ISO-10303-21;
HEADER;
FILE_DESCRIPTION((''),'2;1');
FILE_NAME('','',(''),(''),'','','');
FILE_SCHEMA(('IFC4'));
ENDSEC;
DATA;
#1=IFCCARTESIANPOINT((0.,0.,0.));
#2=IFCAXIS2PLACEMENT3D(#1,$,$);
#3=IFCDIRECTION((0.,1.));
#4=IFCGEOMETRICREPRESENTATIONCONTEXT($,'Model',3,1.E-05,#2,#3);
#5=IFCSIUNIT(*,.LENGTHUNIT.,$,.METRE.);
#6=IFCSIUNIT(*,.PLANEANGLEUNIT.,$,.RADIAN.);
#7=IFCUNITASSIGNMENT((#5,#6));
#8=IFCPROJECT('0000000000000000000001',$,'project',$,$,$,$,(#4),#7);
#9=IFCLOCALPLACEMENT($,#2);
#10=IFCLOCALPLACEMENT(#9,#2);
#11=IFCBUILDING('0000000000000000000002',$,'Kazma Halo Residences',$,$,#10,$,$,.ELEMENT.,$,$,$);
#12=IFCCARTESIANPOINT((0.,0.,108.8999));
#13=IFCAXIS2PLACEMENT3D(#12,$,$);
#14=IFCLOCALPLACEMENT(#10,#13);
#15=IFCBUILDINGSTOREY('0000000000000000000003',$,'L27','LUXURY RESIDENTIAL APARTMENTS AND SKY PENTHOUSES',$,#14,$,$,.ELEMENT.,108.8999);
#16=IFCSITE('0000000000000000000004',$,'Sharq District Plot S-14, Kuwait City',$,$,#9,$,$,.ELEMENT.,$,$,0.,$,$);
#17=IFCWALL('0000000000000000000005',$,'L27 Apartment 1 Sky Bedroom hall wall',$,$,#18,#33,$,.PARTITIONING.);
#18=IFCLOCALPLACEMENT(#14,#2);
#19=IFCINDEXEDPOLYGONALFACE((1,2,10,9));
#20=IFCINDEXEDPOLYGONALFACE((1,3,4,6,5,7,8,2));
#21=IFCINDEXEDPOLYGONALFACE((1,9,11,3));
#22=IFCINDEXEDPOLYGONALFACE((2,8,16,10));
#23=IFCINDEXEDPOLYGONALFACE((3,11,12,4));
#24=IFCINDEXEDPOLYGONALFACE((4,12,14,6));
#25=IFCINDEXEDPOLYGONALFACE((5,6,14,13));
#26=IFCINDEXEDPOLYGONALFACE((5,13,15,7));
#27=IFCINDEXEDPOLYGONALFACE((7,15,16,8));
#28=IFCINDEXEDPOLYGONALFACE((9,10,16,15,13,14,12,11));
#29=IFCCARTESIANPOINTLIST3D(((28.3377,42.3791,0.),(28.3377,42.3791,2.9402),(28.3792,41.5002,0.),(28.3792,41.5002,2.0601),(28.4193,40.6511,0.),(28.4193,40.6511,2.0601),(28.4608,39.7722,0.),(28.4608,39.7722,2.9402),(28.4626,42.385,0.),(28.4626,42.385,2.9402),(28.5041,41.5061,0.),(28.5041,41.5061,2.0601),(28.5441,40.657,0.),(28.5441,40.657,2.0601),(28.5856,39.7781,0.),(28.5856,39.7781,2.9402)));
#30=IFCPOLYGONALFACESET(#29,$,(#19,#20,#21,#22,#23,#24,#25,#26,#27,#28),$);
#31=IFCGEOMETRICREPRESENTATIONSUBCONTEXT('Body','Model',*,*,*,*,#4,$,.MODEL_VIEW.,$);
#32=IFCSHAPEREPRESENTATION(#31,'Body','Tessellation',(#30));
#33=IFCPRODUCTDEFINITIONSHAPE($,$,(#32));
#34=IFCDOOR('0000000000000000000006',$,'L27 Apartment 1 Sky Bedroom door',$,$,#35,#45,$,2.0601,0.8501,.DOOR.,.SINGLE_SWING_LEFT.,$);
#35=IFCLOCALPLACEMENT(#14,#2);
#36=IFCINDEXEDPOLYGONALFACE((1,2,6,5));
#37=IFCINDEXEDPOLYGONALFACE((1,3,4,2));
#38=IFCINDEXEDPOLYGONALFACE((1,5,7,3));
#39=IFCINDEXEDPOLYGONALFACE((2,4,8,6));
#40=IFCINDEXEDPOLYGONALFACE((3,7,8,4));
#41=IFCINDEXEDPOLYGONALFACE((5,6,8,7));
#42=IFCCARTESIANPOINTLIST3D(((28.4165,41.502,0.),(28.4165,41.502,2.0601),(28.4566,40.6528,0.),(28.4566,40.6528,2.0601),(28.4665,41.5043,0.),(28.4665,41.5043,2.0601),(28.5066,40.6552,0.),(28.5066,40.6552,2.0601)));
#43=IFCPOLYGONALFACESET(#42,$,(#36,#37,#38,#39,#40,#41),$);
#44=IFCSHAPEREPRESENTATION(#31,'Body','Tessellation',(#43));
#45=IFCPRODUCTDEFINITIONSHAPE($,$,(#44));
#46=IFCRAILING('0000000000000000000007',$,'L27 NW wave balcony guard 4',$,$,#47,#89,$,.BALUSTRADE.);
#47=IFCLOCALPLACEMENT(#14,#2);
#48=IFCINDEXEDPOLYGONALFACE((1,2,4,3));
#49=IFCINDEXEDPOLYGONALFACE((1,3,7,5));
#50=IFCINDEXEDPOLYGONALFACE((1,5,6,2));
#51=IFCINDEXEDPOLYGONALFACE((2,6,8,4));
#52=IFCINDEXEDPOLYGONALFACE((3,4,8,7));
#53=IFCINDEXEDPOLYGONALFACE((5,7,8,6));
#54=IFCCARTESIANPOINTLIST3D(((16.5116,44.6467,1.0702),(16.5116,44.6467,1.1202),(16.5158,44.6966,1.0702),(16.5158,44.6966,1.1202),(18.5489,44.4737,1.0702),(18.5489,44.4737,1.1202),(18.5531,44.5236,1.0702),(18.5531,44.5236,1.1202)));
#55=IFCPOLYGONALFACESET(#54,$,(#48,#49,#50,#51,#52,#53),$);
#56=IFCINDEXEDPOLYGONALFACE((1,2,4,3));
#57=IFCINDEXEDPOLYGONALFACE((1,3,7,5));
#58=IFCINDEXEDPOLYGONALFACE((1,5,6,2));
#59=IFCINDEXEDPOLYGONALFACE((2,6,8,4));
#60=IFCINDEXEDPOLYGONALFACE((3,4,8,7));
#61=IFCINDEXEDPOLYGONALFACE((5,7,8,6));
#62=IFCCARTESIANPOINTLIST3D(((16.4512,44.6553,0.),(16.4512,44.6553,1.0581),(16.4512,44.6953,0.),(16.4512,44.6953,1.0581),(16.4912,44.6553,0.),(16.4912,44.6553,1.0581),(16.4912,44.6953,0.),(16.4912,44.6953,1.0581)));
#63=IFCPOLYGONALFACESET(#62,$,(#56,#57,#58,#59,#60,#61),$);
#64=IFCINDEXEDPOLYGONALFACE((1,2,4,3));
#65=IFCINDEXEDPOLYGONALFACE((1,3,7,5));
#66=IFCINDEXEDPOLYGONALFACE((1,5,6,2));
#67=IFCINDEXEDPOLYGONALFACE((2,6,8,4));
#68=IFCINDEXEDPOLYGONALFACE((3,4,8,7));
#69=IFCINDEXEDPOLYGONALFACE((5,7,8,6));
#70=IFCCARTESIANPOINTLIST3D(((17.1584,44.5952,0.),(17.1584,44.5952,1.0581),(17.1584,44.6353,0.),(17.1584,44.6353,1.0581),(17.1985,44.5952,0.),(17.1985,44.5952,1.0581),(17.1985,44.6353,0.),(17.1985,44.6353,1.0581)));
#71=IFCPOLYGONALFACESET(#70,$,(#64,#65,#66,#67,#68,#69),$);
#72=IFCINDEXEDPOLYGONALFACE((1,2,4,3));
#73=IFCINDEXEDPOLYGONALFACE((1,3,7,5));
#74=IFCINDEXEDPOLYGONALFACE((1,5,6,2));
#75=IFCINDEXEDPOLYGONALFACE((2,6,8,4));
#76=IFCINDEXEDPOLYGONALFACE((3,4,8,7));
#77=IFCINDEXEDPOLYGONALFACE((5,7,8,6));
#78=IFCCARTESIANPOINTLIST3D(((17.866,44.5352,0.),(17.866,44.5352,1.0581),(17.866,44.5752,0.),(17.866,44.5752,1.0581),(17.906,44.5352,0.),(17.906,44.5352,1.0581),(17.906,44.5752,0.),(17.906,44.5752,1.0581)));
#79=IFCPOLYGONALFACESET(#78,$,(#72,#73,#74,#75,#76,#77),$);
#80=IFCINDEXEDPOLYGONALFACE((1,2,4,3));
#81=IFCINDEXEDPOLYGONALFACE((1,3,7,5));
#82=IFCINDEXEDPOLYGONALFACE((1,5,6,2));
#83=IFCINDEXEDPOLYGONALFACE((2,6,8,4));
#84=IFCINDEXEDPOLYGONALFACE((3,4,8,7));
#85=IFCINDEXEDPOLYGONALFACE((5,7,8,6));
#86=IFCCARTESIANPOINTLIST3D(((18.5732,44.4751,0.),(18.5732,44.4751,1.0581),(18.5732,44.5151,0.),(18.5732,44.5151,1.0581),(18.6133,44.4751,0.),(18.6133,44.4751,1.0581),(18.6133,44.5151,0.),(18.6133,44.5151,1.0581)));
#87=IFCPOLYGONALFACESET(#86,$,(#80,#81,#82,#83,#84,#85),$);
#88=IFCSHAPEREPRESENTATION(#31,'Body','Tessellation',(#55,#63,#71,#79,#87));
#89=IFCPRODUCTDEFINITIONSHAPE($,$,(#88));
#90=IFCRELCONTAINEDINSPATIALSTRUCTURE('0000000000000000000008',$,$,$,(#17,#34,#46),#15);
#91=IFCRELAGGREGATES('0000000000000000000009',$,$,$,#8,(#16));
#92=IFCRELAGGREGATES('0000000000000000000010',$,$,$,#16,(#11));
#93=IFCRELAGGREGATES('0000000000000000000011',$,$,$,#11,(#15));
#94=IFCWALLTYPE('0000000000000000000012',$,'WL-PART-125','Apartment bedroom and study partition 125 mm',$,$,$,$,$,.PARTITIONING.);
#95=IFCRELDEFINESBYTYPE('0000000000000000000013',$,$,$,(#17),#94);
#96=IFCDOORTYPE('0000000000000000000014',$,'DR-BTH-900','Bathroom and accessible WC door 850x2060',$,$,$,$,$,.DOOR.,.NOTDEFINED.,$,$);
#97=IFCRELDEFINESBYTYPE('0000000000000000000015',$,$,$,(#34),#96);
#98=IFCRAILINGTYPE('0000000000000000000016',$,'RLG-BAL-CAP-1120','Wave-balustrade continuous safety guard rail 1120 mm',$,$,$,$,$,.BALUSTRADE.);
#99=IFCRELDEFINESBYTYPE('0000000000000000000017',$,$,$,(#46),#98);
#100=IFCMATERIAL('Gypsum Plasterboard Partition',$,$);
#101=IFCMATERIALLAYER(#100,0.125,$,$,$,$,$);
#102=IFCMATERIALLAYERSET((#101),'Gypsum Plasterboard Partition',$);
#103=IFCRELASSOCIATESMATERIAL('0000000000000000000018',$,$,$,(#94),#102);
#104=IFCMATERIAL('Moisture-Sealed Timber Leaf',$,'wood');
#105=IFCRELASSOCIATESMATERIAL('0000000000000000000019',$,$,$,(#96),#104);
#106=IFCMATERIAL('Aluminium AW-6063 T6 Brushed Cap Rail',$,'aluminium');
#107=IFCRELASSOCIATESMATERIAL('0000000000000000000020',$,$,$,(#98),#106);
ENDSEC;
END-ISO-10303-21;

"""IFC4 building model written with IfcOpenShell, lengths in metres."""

from ifc_helpers import new_model, si_unit, direction, frame, frame_2d, origin, origin_2d, place, context, subcontext, project, spatial, rectangle, extrude, material, layer, layer_set, type_object, element, fill, save


model = new_model("IFC4")

# Units and contexts
model_context = context("Model", 3, precision=1e-05, world=origin(), true_north=direction((0.0, 1.0)))
body_context = subcontext(model_context, "Body", "Model", "MODEL_VIEW")
ifc_project = project(units=[si_unit("LENGTHUNIT", "METRE"), si_unit("PLANEANGLEUNIT", "RADIAN")], contexts=[model_context])

# Site, building, storey
site_placement = place(None, origin())
site = spatial("IfcSite", under=ifc_project, at=site_placement, Name="Sharq District Plot S-14, Kuwait City", CompositionType="ELEMENT", RefElevation=0.0)
building_placement = place(site_placement, origin())
building = spatial("IfcBuilding", under=site, at=building_placement, Name="Kazma Halo Residences", CompositionType="ELEMENT")
storey_placement = place(building_placement, frame((0.0, 0.0, 108.8999)))
storey = spatial("IfcBuildingStorey", under=building, at=storey_placement, Name="L27", Description="LUXURY RESIDENTIAL APARTMENTS AND SKY PENTHOUSES", CompositionType="ELEMENT", Elevation=108.8999)

# Shared definitions
ifc_material_1 = material(Name="Gypsum Plasterboard Partition")
ifc_layer_1 = layer(ifc_material_1, 0.125)
ifc_layer_set_1 = layer_set([ifc_layer_1], Name="Gypsum Plasterboard Partition")
wall_type_1 = type_object("IfcWallType", Name="WL-PART-125", Description="Apartment bedroom and study partition 125 mm", PredefinedType="PARTITIONING", material=ifc_layer_set_1)

# Wall, opening, door
ifc_material_2 = material(Name="Moisture-Sealed Timber Leaf", Category="wood")
door_type = type_object("IfcDoorType", Name="DR-BTH-900", Description="Bathroom and accessible WC door 850x2060", OperationType="NOTDEFINED", PredefinedType="DOOR", material=ifc_material_2)
wall_1_placement = place(storey_placement, frame((28.4001, 42.3821, 0.0), z_axis=(0.0, 0.0, 1.0), x_axis=(0.047147, -0.998888, 0.0)))
wall_1 = element("IfcWall", 1, at=wall_1_placement, inside=storey, type_object=wall_type_1, Name="L27 Apartment 1 Sky Bedroom hall wall", PredefinedType="PARTITIONING", context=body_context, shape_type="SweptSolid", body=[
    extrude(rectangle(XDim=2.6099, YDim=0.125, at=frame_2d((1.3049, 0.0))), origin(), (0.0, 0.0, 1.0), 2.9402),
])
opening_1_placement = place(wall_1_placement, frame((0.8799, 0.0, 0.0)))
opening_1 = element("IfcOpeningElement", 2, at=opening_1_placement, cuts=wall_1, PredefinedType="OPENING", context=body_context, shape_type="SweptSolid", body=[
    extrude(rectangle(XDim=0.8501, YDim=2.0601, at=frame_2d((0.425, 1.03))), frame((0.0, 0.0725, 0.0), z_axis=(0.0, -1.0, 0.0), x_axis=(1.0, 0.0, 0.0)), (0.0, 0.0, 1.0), 0.145),
])
door_1_placement = place(opening_1_placement, origin())
door_1 = element("IfcDoor", 3, at=door_1_placement, inside=storey, type_object=door_type, Name="L27 Apartment 1 Sky Bedroom door", OperationType="SINGLE_SWING_LEFT", OverallHeight=2.0601, OverallWidth=0.8501, PredefinedType="DOOR", context=body_context, shape_type="SweptSolid", body=[
    extrude(rectangle(XDim=0.8501, YDim=2.0601, at=frame_2d((0.425, 1.03))), frame((0.0, 0.0249, 0.0), z_axis=(0.0, -1.0, 0.0), x_axis=(1.0, 0.0, 0.0)), (0.0, 0.0, 1.0), 0.05),
])
fill(opening_1, door_1)

# Railing
ifc_material_3 = material(Name="Aluminium AW-6063 T6 Brushed Cap Rail", Category="aluminium")
railing_type = type_object("IfcRailingType", Name="RLG-BAL-CAP-1120", Description="Wave-balustrade continuous safety guard rail 1120 mm", PredefinedType="BALUSTRADE", material=ifc_material_3)
railing_placement = place(storey_placement, frame((16.4712, 44.6753, 0.0)))
element("IfcRailing", 4, at=railing_placement, inside=storey, type_object=railing_type, Name="L27 NW wave balcony guard 4", PredefinedType="BALUSTRADE", context=body_context, shape_type="SweptSolid", body=[
    extrude(rectangle(XDim=0.05, YDim=0.05, at=origin_2d()), frame((0.0425, -0.0037, 1.0952), z_axis=(0.996415, -0.084601, 0.0), x_axis=(0.084601, 0.996415, 0.0)), (0.0, 0.0, 1.0), 2.0447),
    extrude(rectangle(XDim=0.04, YDim=0.04, at=origin_2d()), origin(), (0.0, 0.0, 1.0), 1.0581),
    extrude(rectangle(XDim=0.04, YDim=0.04, at=origin_2d()), frame((0.7073, -0.0601, 0.0)), (0.0, 0.0, 1.0), 1.0581),
    extrude(rectangle(XDim=0.04, YDim=0.04, at=origin_2d()), frame((1.4148, -0.1201, 0.0)), (0.0, 0.0, 1.0), 1.0581),
    extrude(rectangle(XDim=0.04, YDim=0.04, at=origin_2d()), frame((2.1221, -0.1802, 0.0)), (0.0, 0.0, 1.0), 1.0581),
])

save(model, "model.ifc")
